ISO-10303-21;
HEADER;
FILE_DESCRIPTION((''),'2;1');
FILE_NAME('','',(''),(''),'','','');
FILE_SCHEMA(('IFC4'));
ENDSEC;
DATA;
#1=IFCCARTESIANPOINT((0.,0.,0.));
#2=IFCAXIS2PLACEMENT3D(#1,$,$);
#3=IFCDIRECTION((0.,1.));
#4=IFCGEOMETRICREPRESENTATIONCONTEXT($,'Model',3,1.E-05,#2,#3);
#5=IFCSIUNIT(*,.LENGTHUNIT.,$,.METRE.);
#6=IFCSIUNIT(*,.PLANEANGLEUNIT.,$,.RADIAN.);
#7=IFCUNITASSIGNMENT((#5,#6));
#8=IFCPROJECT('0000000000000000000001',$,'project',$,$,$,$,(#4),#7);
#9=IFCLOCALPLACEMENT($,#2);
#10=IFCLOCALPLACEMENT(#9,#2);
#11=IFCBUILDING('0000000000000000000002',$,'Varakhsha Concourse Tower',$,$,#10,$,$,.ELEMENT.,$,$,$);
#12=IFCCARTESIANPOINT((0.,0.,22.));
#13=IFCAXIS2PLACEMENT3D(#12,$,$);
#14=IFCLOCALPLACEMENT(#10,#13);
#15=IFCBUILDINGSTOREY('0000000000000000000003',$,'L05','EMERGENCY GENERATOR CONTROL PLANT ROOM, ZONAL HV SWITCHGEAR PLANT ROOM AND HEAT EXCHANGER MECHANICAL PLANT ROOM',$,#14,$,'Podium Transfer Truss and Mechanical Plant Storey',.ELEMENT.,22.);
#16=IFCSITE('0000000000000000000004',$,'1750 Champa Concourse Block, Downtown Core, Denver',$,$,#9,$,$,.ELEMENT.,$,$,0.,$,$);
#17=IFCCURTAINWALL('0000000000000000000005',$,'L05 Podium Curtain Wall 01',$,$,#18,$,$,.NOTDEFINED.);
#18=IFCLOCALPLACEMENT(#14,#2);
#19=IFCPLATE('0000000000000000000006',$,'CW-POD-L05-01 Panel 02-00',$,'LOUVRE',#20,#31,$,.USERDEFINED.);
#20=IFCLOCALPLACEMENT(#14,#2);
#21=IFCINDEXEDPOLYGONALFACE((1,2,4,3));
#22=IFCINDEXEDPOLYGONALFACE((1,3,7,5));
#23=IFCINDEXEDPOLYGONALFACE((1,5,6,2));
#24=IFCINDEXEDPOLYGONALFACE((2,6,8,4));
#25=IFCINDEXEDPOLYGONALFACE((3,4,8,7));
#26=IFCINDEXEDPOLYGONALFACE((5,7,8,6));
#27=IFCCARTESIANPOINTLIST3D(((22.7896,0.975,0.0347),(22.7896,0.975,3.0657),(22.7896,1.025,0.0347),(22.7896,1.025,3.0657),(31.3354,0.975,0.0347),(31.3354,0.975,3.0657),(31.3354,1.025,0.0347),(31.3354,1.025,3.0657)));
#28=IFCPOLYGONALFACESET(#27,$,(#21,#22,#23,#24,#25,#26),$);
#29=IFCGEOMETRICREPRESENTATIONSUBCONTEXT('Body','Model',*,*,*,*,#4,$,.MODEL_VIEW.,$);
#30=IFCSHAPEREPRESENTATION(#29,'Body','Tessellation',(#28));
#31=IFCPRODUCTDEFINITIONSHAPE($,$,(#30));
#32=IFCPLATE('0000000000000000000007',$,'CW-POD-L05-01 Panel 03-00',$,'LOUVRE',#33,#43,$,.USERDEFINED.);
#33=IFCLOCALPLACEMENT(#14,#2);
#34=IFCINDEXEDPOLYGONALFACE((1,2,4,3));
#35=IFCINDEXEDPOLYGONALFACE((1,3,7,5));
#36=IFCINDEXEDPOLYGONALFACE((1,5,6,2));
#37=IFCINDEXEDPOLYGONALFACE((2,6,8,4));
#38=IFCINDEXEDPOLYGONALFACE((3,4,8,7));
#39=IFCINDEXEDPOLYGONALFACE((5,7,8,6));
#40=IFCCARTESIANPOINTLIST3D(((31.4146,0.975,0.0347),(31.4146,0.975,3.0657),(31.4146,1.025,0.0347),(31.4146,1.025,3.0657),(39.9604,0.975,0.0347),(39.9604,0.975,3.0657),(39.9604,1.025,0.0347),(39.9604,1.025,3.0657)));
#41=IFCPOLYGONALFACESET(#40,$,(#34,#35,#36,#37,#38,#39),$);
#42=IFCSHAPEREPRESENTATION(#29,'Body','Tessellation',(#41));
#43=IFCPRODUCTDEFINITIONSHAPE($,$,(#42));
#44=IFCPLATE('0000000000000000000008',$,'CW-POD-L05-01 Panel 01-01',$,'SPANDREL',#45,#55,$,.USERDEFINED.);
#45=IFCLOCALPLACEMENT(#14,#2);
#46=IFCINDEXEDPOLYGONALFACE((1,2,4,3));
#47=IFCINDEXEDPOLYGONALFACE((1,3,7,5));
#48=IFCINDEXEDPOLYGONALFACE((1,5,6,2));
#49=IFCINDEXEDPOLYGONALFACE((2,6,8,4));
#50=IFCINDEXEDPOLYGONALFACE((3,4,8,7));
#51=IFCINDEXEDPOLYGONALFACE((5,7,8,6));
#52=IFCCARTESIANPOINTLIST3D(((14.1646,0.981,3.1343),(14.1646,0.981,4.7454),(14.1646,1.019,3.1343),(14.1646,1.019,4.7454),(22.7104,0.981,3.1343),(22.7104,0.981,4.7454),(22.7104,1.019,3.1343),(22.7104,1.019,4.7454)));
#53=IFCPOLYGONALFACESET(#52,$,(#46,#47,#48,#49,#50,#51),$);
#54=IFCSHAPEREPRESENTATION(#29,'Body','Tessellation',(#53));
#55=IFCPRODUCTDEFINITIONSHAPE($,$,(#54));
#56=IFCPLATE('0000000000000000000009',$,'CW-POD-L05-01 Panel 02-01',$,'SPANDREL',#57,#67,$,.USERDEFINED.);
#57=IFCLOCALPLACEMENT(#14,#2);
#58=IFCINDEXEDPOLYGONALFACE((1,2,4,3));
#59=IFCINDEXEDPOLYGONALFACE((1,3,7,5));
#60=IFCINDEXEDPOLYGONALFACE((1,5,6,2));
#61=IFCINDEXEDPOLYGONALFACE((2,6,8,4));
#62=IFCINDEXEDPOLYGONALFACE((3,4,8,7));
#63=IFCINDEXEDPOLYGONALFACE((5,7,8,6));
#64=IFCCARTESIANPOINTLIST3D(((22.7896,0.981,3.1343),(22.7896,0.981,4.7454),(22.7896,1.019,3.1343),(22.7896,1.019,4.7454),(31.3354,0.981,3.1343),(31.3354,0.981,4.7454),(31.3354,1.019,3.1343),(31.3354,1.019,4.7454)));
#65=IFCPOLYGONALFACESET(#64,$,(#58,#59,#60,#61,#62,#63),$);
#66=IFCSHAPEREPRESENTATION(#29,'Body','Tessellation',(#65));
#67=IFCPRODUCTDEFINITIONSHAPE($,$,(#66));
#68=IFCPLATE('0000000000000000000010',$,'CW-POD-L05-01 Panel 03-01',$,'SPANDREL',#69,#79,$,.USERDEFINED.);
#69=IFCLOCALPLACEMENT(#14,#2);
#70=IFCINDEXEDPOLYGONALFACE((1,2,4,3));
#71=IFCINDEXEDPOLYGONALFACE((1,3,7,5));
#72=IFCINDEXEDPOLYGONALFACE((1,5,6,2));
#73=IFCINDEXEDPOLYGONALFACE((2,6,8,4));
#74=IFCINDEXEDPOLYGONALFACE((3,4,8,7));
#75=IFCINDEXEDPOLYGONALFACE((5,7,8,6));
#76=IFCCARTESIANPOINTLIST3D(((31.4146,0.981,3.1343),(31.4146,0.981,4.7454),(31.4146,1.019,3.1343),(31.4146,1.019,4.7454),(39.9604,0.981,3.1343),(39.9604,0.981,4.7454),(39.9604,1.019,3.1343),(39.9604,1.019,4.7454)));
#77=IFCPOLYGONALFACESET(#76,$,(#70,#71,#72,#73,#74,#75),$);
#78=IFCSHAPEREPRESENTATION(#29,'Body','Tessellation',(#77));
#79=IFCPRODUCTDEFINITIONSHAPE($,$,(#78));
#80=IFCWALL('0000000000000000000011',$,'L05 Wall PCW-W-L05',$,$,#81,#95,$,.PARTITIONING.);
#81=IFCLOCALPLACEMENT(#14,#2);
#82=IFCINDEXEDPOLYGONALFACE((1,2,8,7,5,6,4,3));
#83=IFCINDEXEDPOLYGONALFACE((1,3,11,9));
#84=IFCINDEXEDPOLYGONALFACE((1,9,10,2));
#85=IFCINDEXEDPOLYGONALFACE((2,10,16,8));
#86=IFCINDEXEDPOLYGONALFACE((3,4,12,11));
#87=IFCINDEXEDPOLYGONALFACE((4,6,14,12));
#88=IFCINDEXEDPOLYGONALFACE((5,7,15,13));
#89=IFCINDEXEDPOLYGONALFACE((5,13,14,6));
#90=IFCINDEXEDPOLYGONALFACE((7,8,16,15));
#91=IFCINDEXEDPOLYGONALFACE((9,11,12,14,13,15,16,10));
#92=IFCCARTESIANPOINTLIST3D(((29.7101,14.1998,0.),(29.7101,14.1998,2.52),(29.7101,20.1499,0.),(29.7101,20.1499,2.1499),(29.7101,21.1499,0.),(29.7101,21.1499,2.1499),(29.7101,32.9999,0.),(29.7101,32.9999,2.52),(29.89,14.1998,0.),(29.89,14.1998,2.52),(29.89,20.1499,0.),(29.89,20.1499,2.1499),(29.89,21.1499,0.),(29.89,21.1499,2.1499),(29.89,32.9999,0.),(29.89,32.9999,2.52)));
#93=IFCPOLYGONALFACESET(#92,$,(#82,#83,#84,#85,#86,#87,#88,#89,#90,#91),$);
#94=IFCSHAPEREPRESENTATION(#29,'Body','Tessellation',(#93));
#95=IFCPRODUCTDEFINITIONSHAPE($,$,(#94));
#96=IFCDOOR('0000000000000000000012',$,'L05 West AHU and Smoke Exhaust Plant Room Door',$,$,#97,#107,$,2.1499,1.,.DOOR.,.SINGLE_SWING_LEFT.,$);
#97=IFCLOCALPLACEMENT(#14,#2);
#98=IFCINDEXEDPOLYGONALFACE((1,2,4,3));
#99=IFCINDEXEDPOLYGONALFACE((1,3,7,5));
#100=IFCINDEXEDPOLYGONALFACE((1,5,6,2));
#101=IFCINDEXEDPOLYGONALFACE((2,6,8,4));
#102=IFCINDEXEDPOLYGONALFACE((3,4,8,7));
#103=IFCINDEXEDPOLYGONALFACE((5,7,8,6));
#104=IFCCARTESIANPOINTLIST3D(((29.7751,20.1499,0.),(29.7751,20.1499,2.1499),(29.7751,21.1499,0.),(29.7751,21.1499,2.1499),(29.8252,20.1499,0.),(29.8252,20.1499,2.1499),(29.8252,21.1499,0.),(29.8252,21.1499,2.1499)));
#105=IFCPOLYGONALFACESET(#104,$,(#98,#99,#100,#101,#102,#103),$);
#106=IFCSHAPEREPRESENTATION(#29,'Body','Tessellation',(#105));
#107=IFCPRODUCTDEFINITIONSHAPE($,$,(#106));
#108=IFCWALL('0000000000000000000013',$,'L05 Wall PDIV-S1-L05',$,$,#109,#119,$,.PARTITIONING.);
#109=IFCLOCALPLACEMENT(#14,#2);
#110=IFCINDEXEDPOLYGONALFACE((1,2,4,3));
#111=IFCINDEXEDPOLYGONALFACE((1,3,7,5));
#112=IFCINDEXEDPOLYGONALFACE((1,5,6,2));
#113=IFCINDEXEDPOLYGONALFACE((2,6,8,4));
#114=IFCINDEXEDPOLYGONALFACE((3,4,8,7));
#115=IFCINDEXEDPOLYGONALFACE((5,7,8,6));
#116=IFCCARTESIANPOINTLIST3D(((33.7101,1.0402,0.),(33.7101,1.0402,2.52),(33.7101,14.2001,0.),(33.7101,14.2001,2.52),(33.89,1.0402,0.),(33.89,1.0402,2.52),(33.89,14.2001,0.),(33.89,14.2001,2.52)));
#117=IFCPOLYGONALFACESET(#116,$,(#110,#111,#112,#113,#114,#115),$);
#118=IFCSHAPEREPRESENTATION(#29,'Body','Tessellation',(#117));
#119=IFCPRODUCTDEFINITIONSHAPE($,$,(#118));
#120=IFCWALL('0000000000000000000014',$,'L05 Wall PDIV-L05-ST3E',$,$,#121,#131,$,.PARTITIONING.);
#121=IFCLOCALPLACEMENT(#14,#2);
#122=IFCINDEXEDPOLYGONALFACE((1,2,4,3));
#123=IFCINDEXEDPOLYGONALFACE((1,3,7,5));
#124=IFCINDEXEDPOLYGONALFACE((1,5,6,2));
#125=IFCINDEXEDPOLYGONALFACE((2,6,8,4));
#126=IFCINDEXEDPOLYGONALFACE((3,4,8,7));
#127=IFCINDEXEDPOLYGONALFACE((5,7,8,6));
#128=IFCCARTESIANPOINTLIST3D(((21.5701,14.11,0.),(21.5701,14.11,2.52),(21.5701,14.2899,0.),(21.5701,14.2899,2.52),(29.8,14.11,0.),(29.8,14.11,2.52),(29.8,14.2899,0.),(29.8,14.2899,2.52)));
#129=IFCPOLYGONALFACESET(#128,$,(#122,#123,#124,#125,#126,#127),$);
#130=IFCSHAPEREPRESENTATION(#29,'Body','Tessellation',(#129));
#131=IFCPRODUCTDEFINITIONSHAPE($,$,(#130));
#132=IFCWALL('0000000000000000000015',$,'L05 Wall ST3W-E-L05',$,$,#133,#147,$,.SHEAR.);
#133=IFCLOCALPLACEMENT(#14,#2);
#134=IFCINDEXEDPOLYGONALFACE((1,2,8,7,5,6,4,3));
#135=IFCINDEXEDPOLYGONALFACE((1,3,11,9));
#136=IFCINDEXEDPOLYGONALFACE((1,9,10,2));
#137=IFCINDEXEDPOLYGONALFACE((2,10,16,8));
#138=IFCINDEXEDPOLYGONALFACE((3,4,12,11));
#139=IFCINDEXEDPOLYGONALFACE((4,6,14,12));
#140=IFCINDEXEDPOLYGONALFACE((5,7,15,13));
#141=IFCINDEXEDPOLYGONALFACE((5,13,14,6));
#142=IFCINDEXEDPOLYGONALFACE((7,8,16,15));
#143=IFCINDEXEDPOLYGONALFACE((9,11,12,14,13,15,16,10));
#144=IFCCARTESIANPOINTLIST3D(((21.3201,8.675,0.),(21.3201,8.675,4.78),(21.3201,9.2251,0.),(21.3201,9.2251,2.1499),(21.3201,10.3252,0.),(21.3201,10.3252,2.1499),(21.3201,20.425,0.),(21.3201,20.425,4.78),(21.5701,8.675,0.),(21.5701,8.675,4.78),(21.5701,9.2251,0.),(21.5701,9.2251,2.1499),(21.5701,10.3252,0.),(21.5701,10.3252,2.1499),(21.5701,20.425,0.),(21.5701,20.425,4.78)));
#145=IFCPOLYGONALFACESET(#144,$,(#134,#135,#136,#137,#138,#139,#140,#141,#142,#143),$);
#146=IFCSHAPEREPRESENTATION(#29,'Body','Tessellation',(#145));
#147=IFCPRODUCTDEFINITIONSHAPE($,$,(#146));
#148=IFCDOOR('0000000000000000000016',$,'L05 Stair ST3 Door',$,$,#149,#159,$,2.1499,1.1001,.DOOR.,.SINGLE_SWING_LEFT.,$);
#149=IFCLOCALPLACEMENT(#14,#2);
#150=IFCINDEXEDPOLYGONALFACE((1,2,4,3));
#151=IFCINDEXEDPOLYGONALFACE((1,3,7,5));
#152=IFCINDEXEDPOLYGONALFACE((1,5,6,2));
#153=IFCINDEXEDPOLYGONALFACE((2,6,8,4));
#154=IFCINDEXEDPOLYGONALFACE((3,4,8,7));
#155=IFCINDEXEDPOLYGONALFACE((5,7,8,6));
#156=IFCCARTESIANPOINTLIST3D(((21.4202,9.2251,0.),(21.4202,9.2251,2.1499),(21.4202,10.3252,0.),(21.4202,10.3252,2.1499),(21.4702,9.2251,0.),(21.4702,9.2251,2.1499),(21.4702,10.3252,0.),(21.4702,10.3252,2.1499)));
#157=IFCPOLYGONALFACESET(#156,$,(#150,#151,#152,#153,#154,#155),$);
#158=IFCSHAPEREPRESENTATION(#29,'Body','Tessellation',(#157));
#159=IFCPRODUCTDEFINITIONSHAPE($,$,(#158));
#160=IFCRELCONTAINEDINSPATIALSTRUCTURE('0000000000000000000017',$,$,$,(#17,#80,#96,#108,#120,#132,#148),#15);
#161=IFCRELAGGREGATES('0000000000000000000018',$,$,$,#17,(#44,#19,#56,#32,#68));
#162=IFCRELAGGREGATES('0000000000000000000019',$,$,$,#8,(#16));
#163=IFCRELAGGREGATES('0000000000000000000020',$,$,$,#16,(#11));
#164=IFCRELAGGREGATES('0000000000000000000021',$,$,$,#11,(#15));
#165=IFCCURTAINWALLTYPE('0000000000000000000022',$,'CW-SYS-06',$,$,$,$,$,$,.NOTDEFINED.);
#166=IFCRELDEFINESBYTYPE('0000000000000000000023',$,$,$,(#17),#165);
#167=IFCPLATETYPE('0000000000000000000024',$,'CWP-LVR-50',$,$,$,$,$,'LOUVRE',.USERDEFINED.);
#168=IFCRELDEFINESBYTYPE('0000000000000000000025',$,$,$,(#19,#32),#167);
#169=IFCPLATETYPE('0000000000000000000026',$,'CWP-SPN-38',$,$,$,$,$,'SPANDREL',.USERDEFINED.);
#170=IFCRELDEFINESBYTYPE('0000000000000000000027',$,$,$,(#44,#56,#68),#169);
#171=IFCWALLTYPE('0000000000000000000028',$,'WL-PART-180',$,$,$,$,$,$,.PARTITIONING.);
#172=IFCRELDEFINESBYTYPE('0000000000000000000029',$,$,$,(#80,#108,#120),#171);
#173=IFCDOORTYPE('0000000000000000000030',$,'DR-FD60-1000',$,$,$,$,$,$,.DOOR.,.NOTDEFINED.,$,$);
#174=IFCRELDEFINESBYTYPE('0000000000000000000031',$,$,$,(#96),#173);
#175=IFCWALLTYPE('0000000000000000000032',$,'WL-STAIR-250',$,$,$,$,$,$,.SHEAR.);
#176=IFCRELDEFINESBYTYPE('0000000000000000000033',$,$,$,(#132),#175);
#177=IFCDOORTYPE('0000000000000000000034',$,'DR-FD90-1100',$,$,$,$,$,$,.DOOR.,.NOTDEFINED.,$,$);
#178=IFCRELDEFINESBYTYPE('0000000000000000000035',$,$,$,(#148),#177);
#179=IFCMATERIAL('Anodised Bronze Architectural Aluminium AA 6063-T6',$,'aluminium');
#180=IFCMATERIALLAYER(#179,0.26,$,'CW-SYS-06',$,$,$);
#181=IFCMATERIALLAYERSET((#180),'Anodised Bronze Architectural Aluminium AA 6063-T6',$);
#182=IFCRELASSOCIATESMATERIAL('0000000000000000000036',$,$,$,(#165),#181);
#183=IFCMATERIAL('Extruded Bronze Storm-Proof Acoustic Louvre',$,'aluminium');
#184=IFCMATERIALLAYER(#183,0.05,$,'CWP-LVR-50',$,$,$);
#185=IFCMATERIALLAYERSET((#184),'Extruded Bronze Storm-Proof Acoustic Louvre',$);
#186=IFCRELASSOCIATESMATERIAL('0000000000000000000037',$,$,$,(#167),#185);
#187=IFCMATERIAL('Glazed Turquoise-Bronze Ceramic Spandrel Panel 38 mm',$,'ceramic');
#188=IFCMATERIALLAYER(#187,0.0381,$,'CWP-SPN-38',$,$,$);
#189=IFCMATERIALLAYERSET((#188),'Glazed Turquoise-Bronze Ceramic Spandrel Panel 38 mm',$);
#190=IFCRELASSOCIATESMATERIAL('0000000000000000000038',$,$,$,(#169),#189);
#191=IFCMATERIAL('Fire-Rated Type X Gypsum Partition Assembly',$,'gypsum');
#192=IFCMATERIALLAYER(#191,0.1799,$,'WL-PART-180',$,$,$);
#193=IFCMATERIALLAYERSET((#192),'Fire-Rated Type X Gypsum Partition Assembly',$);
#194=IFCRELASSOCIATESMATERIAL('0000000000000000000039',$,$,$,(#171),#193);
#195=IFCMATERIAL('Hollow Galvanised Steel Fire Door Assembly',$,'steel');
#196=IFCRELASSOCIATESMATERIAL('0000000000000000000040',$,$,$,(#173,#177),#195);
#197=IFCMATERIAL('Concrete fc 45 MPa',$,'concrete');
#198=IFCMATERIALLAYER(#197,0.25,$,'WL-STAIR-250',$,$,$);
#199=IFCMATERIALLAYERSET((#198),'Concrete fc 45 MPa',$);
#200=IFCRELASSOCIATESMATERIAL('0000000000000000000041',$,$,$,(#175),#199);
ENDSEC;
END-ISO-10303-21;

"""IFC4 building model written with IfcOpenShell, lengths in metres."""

from ifc_helpers import new_model, si_unit, direction, frame, frame_2d, origin, origin_2d, place, context, subcontext, project, spatial, rectangle, extrude, source, transform, mapped, material, layer, layer_set, type_object, type_shapes, element, fill, aggregate, save


model = new_model("IFC4")

# Units and contexts
model_context = context("Model", 3, precision=1e-05, world=origin(), true_north=direction((0.0, 1.0)))
body_context = subcontext(model_context, "Body", "Model", "MODEL_VIEW")
ifc_project = project(units=[si_unit("LENGTHUNIT", "METRE"), si_unit("PLANEANGLEUNIT", "RADIAN")], contexts=[model_context])

# Site, building, storey
site_placement = place(None, origin())
site = spatial("IfcSite", under=ifc_project, at=site_placement, Name="1750 Champa Concourse Block, Downtown Core, Denver", CompositionType="ELEMENT", RefElevation=0.0)
building_placement = place(site_placement, origin())
building = spatial("IfcBuilding", under=site, at=building_placement, Name="Varakhsha Concourse Tower", CompositionType="ELEMENT")
storey_placement = place(building_placement, frame((0.0, 0.0, 22.0)))
storey = spatial("IfcBuildingStorey", under=building, at=storey_placement, Name="L05", Description="EMERGENCY GENERATOR CONTROL PLANT ROOM, ZONAL HV SWITCHGEAR PLANT ROOM AND HEAT EXCHANGER MECHANICAL PLANT ROOM", LongName="Podium Transfer Truss and Mechanical Plant Storey", CompositionType="ELEMENT", Elevation=22.0)

# Curtain wall
ifc_material_1 = material(Name="Anodised Bronze Architectural Aluminium AA 6063-T6", Category="aluminium")
ifc_layer_1 = layer(ifc_material_1, 0.26, Name="CW-SYS-06")
ifc_layer_set_1 = layer_set([ifc_layer_1], Name="Anodised Bronze Architectural Aluminium AA 6063-T6")
curtain_wall_type = type_object("IfcCurtainWallType", Name="CW-SYS-06", PredefinedType="NOTDEFINED", material=ifc_layer_set_1)
curtain_wall_placement = place(storey_placement, origin())
curtain_wall = element("IfcCurtainWall", 1, at=curtain_wall_placement, inside=storey, type_object=curtain_wall_type, Name="L05 Podium Curtain Wall 01", PredefinedType="NOTDEFINED")

# Plates
ifc_material_2 = material(Name="Extruded Bronze Storm-Proof Acoustic Louvre", Category="aluminium")
ifc_layer_2 = layer(ifc_material_2, 0.05, Name="CWP-LVR-50")
ifc_layer_set_2 = layer_set([ifc_layer_2], Name="Extruded Bronze Storm-Proof Acoustic Louvre")
plate_type_1 = type_object("IfcPlateType", Name="CWP-LVR-50", ElementType="LOUVRE", PredefinedType="USERDEFINED", material=ifc_layer_set_2)
shared_shape_1 = source(origin(), body_context, "Body", "SweptSolid", [
    extrude(rectangle(XDim=8.5459, YDim=0.05, at=origin_2d()), origin(), (0.0, 0.0, 1.0), 3.031),
])
type_shapes(plate_type_1, [shared_shape_1])
plate_1_placement = place(storey_placement, frame((27.0625, 1.0, 0.0347), z_axis=(0.0, 0.0, 1.0), x_axis=(1.0, 0.0, 0.0)))
plate_1 = element("IfcPlate", 2, at=plate_1_placement, type_object=plate_type_1, Name="CW-POD-L05-01 Panel 02-00", ObjectType="LOUVRE", PredefinedType="USERDEFINED", context=body_context, shape_type="MappedRepresentation", body=[
    mapped(shared_shape_1, transform((0.0, 0.0, 0.0), scale=1.0)),
])
plate_2_placement = place(storey_placement, frame((35.6875, 1.0, 0.0347), z_axis=(0.0, 0.0, 1.0), x_axis=(1.0, 0.0, 0.0)))
plate_2 = element("IfcPlate", 3, at=plate_2_placement, type_object=plate_type_1, Name="CW-POD-L05-01 Panel 03-00", ObjectType="LOUVRE", PredefinedType="USERDEFINED", context=body_context, shape_type="MappedRepresentation", body=[
    mapped(shared_shape_1, transform((0.0, 0.0, 0.0), scale=1.0)),
])
ifc_material_3 = material(Name="Glazed Turquoise-Bronze Ceramic Spandrel Panel 38 mm", Category="ceramic")
ifc_layer_3 = layer(ifc_material_3, 0.0381, Name="CWP-SPN-38")
ifc_layer_set_3 = layer_set([ifc_layer_3], Name="Glazed Turquoise-Bronze Ceramic Spandrel Panel 38 mm")
plate_type_2 = type_object("IfcPlateType", Name="CWP-SPN-38", ElementType="SPANDREL", PredefinedType="USERDEFINED", material=ifc_layer_set_3)
shared_shape_2 = source(origin(), body_context, "Body", "SweptSolid", [
    extrude(rectangle(XDim=8.5459, YDim=0.0381, at=origin_2d()), origin(), (0.0, 0.0, 1.0), 1.6111),
])
type_shapes(plate_type_2, [shared_shape_2])
plate_3_placement = place(storey_placement, frame((18.4375, 1.0, 3.1343), z_axis=(0.0, 0.0, 1.0), x_axis=(1.0, 0.0, 0.0)))
plate_3 = element("IfcPlate", 4, at=plate_3_placement, type_object=plate_type_2, Name="CW-POD-L05-01 Panel 01-01", ObjectType="SPANDREL", PredefinedType="USERDEFINED", context=body_context, shape_type="MappedRepresentation", body=[
    mapped(shared_shape_2, transform((0.0, 0.0, 0.0), scale=1.0)),
])
plate_4_placement = place(storey_placement, frame((27.0625, 1.0, 3.1343), z_axis=(0.0, 0.0, 1.0), x_axis=(1.0, 0.0, 0.0)))
plate_4 = element("IfcPlate", 5, at=plate_4_placement, type_object=plate_type_2, Name="CW-POD-L05-01 Panel 02-01", ObjectType="SPANDREL", PredefinedType="USERDEFINED", context=body_context, shape_type="MappedRepresentation", body=[
    mapped(shared_shape_2, transform((0.0, 0.0, 0.0), scale=1.0)),
])
plate_5_placement = place(storey_placement, frame((35.6875, 1.0, 3.1343), z_axis=(0.0, 0.0, 1.0), x_axis=(1.0, 0.0, 0.0)))
plate_5 = element("IfcPlate", 6, at=plate_5_placement, type_object=plate_type_2, Name="CW-POD-L05-01 Panel 03-01", ObjectType="SPANDREL", PredefinedType="USERDEFINED", context=body_context, shape_type="MappedRepresentation", body=[
    mapped(shared_shape_2, transform((0.0, 0.0, 0.0), scale=1.0)),
])
aggregate(curtain_wall, [plate_3, plate_1, plate_4, plate_2, plate_5])

# Shared definitions
ifc_material_4 = material(Name="Fire-Rated Type X Gypsum Partition Assembly", Category="gypsum")
ifc_layer_4 = layer(ifc_material_4, 0.1799, Name="WL-PART-180")
ifc_layer_set_4 = layer_set([ifc_layer_4], Name="Fire-Rated Type X Gypsum Partition Assembly")
wall_type_1 = type_object("IfcWallType", Name="WL-PART-180", PredefinedType="PARTITIONING", material=ifc_layer_set_4)
ifc_material_5 = material(Name="Hollow Galvanised Steel Fire Door Assembly", Category="steel")
door_type_1 = type_object("IfcDoorType", Name="DR-FD60-1000", OperationType="NOTDEFINED", PredefinedType="DOOR", material=ifc_material_5)

# Wall, opening, door
wall_1_placement = place(storey_placement, frame((29.8, 14.2, 0.0), z_axis=(0.0, 0.0, 1.0), x_axis=(0.0, 1.0, 0.0)))
wall_1 = element("IfcWall", 7, at=wall_1_placement, inside=storey, type_object=wall_type_1, Name="L05 Wall PCW-W-L05", PredefinedType="PARTITIONING", context=body_context, shape_type="SweptSolid", body=[
    extrude(rectangle(XDim=18.8, YDim=0.1799, at=frame_2d((9.3999, 0.0))), origin(), (0.0, 0.0, 1.0), 2.52),
])
opening_1_placement = place(wall_1_placement, frame((5.95, 0.0, 0.0)))
opening_1 = element("IfcOpeningElement", 8, at=opening_1_placement, cuts=wall_1, PredefinedType="OPENING", context=body_context, shape_type="SweptSolid", body=[
    extrude(rectangle(XDim=1.0, YDim=2.1499, at=frame_2d((0.5, 1.075))), frame((0.0, 0.0999, 0.0), z_axis=(0.0, -1.0, 0.0), x_axis=(1.0, 0.0, 0.0)), (0.0, 0.0, 1.0), 0.2),
])
door_1_placement = place(opening_1_placement, origin())
door_1 = element("IfcDoor", 9, at=door_1_placement, inside=storey, type_object=door_type_1, Name="L05 West AHU and Smoke Exhaust Plant Room Door", OperationType="SINGLE_SWING_LEFT", OverallHeight=2.1499, OverallWidth=1.0, PredefinedType="DOOR", context=body_context, shape_type="SweptSolid", body=[
    extrude(rectangle(XDim=1.0, YDim=2.1499, at=frame_2d((0.5, 1.075))), frame((0.0, 0.0249, 0.0), z_axis=(0.0, -1.0, 0.0), x_axis=(1.0, 0.0, 0.0)), (0.0, 0.0, 1.0), 0.05),
])
fill(opening_1, door_1)

# Walls
wall_2_placement = place(storey_placement, frame((33.8, 1.04, 0.0), z_axis=(0.0, 0.0, 1.0), x_axis=(0.0, 1.0, 0.0)))
element("IfcWall", 10, at=wall_2_placement, inside=storey, type_object=wall_type_1, Name="L05 Wall PDIV-S1-L05", PredefinedType="PARTITIONING", context=body_context, shape_type="SweptSolid", body=[
    extrude(rectangle(XDim=13.1599, YDim=0.1799, at=frame_2d((6.5801, 0.0))), origin(), (0.0, 0.0, 1.0), 2.52),
])
wall_3_placement = place(storey_placement, frame((21.5701, 14.2, 0.0), z_axis=(0.0, 0.0, 1.0), x_axis=(1.0, 0.0, 0.0)))
element("IfcWall", 11, at=wall_3_placement, inside=storey, type_object=wall_type_1, Name="L05 Wall PDIV-L05-ST3E", PredefinedType="PARTITIONING", context=body_context, shape_type="SweptSolid", body=[
    extrude(rectangle(XDim=8.23, YDim=0.1799, at=frame_2d((4.115, 0.0))), origin(), (0.0, 0.0, 1.0), 2.52),
])

# Wall, opening, door
ifc_material_6 = material(Name="Concrete fc 45 MPa", Category="concrete")
ifc_layer_5 = layer(ifc_material_6, 0.25, Name="WL-STAIR-250")
ifc_layer_set_5 = layer_set([ifc_layer_5], Name="Concrete fc 45 MPa")
wall_type_2 = type_object("IfcWallType", Name="WL-STAIR-250", PredefinedType="SHEAR", material=ifc_layer_set_5)
wall_4_placement = place(storey_placement, frame((21.4451, 8.675, 0.0), z_axis=(0.0, 0.0, 1.0), x_axis=(0.0, 1.0, 0.0)))
wall_4 = element("IfcWall", 12, at=wall_4_placement, inside=storey, type_object=wall_type_2, Name="L05 Wall ST3W-E-L05", PredefinedType="SHEAR", context=body_context, shape_type="SweptSolid", body=[
    extrude(rectangle(XDim=11.75, YDim=0.25, at=frame_2d((5.875, 0.0))), origin(), (0.0, 0.0, 1.0), 4.78),
])
opening_2_placement = place(wall_4_placement, frame((0.55, 0.0, 0.0)))
opening_2 = element("IfcOpeningElement", 13, at=opening_2_placement, cuts=wall_4, PredefinedType="OPENING", context=body_context, shape_type="SweptSolid", body=[
    extrude(rectangle(XDim=1.1001, YDim=2.1499, at=frame_2d((0.55, 1.075))), frame((0.0, 0.135, 0.0), z_axis=(0.0, -1.0, 0.0), x_axis=(1.0, 0.0, 0.0)), (0.0, 0.0, 1.0), 0.27),
])
door_type_2 = type_object("IfcDoorType", Name="DR-FD90-1100", OperationType="NOTDEFINED", PredefinedType="DOOR", material=ifc_material_5)
door_2_placement = place(opening_2_placement, origin())
door_2 = element("IfcDoor", 14, at=door_2_placement, inside=storey, type_object=door_type_2, Name="L05 Stair ST3 Door", OperationType="SINGLE_SWING_LEFT", OverallHeight=2.1499, OverallWidth=1.1001, PredefinedType="DOOR", context=body_context, shape_type="SweptSolid", body=[
    extrude(rectangle(XDim=1.1001, YDim=2.1499, at=frame_2d((0.55, 1.075))), frame((0.0, 0.0249, 0.0), z_axis=(0.0, -1.0, 0.0), x_axis=(1.0, 0.0, 0.0)), (0.0, 0.0, 1.0), 0.05),
])
fill(opening_2, door_2)

save(model, "model.ifc")
